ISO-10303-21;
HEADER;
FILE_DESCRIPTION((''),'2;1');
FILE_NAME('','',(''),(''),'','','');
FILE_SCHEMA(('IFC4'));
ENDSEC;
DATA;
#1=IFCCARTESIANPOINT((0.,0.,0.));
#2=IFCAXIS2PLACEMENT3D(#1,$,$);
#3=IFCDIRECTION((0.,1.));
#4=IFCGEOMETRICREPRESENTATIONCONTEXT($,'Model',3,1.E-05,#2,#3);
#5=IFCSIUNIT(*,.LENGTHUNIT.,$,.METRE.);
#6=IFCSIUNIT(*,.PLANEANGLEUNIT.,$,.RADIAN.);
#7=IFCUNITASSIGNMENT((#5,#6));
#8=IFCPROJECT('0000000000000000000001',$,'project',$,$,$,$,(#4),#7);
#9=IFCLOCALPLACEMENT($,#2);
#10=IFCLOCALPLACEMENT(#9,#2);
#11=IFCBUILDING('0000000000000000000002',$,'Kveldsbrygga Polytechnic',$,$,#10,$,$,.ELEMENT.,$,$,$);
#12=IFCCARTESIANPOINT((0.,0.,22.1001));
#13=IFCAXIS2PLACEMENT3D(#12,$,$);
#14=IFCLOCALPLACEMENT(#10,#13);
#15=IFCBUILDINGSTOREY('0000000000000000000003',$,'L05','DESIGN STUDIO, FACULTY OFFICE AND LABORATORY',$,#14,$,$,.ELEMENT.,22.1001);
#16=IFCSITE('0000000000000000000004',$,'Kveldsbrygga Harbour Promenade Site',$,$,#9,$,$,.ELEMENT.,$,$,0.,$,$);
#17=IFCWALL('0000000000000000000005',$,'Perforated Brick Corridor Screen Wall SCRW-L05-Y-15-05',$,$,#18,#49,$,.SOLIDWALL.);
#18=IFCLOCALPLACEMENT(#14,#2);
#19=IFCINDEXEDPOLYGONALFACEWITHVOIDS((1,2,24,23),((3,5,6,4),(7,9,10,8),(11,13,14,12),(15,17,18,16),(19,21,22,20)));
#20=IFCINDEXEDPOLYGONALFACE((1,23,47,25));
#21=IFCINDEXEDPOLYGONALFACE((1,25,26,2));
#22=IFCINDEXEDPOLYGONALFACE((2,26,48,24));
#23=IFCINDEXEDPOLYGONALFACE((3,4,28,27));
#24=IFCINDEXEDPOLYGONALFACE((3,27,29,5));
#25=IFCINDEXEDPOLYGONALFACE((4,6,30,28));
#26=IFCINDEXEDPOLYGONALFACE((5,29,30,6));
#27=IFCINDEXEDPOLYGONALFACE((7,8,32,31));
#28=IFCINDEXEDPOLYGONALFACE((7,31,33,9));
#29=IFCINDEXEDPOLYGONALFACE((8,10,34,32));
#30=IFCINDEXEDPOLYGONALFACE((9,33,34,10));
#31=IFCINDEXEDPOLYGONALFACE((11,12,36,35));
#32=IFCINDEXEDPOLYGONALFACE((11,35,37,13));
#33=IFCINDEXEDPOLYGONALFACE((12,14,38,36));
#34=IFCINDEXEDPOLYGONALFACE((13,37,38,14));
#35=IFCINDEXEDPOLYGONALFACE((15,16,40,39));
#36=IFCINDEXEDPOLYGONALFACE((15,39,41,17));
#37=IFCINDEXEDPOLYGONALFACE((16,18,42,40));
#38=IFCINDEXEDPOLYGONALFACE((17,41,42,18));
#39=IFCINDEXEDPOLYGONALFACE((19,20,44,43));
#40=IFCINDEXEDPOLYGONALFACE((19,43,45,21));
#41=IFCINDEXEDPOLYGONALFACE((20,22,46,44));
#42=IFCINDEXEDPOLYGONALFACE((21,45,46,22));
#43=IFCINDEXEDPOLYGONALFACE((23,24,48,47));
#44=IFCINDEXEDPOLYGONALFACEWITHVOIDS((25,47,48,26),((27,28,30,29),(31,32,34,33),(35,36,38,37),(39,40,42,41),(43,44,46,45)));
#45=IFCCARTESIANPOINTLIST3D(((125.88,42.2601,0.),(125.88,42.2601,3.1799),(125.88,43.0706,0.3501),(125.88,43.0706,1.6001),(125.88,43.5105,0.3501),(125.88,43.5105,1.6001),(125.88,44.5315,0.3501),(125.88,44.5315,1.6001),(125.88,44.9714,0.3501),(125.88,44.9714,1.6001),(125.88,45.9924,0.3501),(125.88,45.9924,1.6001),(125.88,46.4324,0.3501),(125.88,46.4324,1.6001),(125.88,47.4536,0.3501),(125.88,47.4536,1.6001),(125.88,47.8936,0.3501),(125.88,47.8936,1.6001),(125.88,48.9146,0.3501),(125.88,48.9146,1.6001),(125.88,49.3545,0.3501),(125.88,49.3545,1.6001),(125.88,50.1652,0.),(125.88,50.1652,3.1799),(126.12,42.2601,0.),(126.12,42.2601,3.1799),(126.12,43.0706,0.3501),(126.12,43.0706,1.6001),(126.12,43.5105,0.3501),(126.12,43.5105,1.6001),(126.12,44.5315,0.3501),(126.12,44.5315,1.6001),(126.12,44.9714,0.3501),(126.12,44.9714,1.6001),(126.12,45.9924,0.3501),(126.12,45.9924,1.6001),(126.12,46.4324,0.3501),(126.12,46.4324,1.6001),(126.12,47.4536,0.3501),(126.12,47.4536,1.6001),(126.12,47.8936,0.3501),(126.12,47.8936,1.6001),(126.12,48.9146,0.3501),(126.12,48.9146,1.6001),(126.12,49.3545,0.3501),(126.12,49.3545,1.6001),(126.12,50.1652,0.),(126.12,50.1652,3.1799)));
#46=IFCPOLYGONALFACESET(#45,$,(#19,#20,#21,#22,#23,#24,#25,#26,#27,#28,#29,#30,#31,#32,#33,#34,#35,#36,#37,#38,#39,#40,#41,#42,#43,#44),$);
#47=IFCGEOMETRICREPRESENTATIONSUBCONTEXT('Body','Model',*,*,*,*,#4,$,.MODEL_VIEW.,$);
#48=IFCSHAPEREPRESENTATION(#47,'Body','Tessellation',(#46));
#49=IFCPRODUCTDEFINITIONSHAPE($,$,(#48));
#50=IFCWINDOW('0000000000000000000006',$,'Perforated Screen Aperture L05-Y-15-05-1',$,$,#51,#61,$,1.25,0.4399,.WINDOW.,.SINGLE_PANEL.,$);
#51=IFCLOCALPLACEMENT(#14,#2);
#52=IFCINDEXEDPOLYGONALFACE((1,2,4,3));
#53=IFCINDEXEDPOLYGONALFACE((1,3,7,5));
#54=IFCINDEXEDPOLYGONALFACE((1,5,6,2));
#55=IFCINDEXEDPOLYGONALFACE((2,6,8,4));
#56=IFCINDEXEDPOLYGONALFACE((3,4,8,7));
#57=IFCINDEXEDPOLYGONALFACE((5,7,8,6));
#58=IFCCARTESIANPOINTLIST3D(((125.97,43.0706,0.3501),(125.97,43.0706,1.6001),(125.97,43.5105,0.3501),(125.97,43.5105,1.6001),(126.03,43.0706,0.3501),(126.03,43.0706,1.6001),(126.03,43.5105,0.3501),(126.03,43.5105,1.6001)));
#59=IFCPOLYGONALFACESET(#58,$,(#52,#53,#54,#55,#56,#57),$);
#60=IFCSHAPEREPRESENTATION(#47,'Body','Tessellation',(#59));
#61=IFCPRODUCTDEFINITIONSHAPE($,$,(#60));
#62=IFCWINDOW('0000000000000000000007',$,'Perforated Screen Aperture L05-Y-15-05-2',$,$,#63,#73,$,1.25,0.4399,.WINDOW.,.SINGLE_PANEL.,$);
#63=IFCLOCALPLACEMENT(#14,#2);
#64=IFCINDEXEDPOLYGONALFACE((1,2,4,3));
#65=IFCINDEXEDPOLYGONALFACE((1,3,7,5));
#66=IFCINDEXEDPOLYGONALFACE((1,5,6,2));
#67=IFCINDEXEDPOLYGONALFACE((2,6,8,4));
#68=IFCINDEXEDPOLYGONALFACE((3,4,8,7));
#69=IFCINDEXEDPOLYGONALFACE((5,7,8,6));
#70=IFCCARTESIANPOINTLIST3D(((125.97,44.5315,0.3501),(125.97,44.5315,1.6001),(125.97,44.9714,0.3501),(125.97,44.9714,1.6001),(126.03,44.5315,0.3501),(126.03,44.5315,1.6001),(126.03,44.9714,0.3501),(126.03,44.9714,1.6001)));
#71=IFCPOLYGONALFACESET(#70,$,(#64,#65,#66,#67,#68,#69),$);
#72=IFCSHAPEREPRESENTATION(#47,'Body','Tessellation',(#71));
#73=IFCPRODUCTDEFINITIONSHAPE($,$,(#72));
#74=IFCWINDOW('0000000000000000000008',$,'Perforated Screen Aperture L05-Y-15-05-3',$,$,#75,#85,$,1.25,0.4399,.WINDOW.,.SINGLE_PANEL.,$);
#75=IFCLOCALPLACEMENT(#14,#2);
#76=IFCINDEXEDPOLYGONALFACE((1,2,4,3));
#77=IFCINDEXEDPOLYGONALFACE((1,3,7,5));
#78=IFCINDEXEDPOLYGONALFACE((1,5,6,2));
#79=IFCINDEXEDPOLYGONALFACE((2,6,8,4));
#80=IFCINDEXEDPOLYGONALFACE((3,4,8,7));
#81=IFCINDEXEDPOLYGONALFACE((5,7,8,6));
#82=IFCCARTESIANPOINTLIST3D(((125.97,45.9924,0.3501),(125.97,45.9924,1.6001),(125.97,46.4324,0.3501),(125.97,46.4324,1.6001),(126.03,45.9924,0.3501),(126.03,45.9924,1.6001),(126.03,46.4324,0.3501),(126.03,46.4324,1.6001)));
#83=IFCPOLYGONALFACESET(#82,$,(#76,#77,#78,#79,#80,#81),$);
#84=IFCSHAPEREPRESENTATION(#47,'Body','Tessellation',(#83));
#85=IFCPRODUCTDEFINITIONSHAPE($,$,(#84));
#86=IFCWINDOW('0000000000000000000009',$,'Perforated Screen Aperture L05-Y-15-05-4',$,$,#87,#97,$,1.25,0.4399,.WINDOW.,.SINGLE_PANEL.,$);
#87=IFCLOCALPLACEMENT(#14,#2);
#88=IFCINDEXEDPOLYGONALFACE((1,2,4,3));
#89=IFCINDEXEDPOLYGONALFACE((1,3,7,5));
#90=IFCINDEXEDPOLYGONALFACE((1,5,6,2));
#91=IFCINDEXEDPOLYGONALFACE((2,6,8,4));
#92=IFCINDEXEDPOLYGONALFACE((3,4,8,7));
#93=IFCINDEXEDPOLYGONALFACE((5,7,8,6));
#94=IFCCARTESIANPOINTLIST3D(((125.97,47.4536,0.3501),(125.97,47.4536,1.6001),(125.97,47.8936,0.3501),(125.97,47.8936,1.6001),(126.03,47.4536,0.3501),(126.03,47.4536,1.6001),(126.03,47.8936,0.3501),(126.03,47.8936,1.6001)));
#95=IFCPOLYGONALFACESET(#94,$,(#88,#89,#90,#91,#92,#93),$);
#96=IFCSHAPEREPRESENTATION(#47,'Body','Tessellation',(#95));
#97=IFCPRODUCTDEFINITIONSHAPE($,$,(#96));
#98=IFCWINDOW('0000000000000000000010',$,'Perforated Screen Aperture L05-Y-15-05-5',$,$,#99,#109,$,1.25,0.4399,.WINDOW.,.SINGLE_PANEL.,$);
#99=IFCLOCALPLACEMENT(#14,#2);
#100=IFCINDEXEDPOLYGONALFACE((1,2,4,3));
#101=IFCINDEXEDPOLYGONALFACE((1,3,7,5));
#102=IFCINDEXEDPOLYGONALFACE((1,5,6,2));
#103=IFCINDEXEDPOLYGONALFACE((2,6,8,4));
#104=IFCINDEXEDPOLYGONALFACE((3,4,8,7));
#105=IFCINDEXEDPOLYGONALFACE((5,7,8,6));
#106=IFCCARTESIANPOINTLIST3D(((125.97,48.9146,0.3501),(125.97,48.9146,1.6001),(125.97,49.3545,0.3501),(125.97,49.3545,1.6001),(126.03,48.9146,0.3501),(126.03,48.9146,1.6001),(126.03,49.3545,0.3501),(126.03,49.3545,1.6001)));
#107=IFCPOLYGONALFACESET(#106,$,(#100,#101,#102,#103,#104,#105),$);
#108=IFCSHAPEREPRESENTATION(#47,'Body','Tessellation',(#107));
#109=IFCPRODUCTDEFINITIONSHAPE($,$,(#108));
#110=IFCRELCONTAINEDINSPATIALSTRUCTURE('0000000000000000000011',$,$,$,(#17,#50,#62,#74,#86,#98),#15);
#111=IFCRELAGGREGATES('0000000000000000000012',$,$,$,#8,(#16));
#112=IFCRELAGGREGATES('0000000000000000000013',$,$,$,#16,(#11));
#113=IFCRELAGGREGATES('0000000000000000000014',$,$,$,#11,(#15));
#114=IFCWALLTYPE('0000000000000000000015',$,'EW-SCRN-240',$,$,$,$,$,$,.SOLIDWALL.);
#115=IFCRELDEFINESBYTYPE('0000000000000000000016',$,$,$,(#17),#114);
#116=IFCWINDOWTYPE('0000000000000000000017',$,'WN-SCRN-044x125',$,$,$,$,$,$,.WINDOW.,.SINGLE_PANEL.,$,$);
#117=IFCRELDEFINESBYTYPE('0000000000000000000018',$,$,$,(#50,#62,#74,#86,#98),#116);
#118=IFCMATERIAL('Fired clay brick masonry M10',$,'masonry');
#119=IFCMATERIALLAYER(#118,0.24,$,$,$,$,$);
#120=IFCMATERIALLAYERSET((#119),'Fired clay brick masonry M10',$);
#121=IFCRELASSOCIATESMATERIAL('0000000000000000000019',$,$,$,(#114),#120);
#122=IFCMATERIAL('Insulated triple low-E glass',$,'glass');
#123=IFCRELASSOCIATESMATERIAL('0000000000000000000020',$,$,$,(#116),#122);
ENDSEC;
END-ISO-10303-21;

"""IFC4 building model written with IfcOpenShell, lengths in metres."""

from ifc_helpers import new_model, si_unit, direction, frame, frame_2d, origin, place, context, subcontext, project, spatial, rectangle, extrude, material, layer, layer_set, type_object, element, fill, save


model = new_model("IFC4")

# Units and contexts
model_context = context("Model", 3, precision=1e-05, world=origin(), true_north=direction((0.0, 1.0)))
body_context = subcontext(model_context, "Body", "Model", "MODEL_VIEW")
ifc_project = project(units=[si_unit("LENGTHUNIT", "METRE"), si_unit("PLANEANGLEUNIT", "RADIAN")], contexts=[model_context])

# Site, building, storey
site_placement = place(None, origin())
site = spatial("IfcSite", under=ifc_project, at=site_placement, Name="Kveldsbrygga Harbour Promenade Site", CompositionType="ELEMENT", RefElevation=0.0)
building_placement = place(site_placement, origin())
building = spatial("IfcBuilding", under=site, at=building_placement, Name="Kveldsbrygga Polytechnic", CompositionType="ELEMENT")
storey_placement = place(building_placement, frame((0.0, 0.0, 22.1001)))
storey = spatial("IfcBuildingStorey", under=building, at=storey_placement, Name="L05", Description="DESIGN STUDIO, FACULTY OFFICE AND LABORATORY", CompositionType="ELEMENT", Elevation=22.1001)

# Wall, openings, windows
ifc_material_1 = material(Name="Fired clay brick masonry M10", Category="masonry")
ifc_layer = layer(ifc_material_1, 0.24)
ifc_layer_set = layer_set([ifc_layer], Name="Fired clay brick masonry M10")
wall_type = type_object("IfcWallType", Name="EW-SCRN-240", PredefinedType="SOLIDWALL", material=ifc_layer_set)
ifc_material_2 = material(Name="Insulated triple low-E glass", Category="glass")
window_type = type_object("IfcWindowType", Name="WN-SCRN-044x125", PartitioningType="SINGLE_PANEL", PredefinedType="WINDOW", material=ifc_material_2)
wall_1_placement = place(storey_placement, frame((126.0, 42.26, 0.0), z_axis=(0.0, 0.0, 1.0), x_axis=(0.0, 1.0, 0.0)))
wall_1 = element("IfcWall", 1, at=wall_1_placement, inside=storey, type_object=wall_type, Name="Perforated Brick Corridor Screen Wall SCRW-L05-Y-15-05", PredefinedType="SOLIDWALL", context=body_context, shape_type="SweptSolid", body=[
    extrude(rectangle(XDim=7.905, YDim=0.24, at=frame_2d((3.9526, 0.0))), origin(), (0.0, 0.0, 1.0), 3.1799),
])
opening_1_placement = place(wall_1_placement, frame((0.8105, 0.0, 0.3501)))
opening_1 = element("IfcOpeningElement", 2, at=opening_1_placement, cuts=wall_1, PredefinedType="OPENING", context=body_context, shape_type="SweptSolid", body=[
    extrude(rectangle(XDim=0.4399, YDim=1.25, at=frame_2d((0.22, 0.625))), frame((0.0, 0.1299, 0.0), z_axis=(0.0, -1.0, 0.0), x_axis=(1.0, 0.0, 0.0)), (0.0, 0.0, 1.0), 0.26),
])
opening_2_placement = place(wall_1_placement, frame((2.2715, 0.0, 0.3501)))
opening_2 = element("IfcOpeningElement", 3, at=opening_2_placement, cuts=wall_1, PredefinedType="OPENING", context=body_context, shape_type="SweptSolid", body=[
    extrude(rectangle(XDim=0.4399, YDim=1.25, at=frame_2d((0.22, 0.625))), frame((0.0, 0.1299, 0.0), z_axis=(0.0, -1.0, 0.0), x_axis=(1.0, 0.0, 0.0)), (0.0, 0.0, 1.0), 0.26),
])
opening_3_placement = place(wall_1_placement, frame((3.7324, 0.0, 0.3501)))
opening_3 = element("IfcOpeningElement", 4, at=opening_3_placement, cuts=wall_1, PredefinedType="OPENING", context=body_context, shape_type="SweptSolid", body=[
    extrude(rectangle(XDim=0.4399, YDim=1.25, at=frame_2d((0.22, 0.625))), frame((0.0, 0.1299, 0.0), z_axis=(0.0, -1.0, 0.0), x_axis=(1.0, 0.0, 0.0)), (0.0, 0.0, 1.0), 0.26),
])
opening_4_placement = place(wall_1_placement, frame((5.1936, 0.0, 0.3501)))
opening_4 = element("IfcOpeningElement", 5, at=opening_4_placement, cuts=wall_1, PredefinedType="OPENING", context=body_context, shape_type="SweptSolid", body=[
    extrude(rectangle(XDim=0.4399, YDim=1.25, at=frame_2d((0.22, 0.625))), frame((0.0, 0.1299, 0.0), z_axis=(0.0, -1.0, 0.0), x_axis=(1.0, 0.0, 0.0)), (0.0, 0.0, 1.0), 0.26),
])
opening_5_placement = place(wall_1_placement, frame((6.6545, 0.0, 0.3501)))
opening_5 = element("IfcOpeningElement", 6, at=opening_5_placement, cuts=wall_1, PredefinedType="OPENING", context=body_context, shape_type="SweptSolid", body=[
    extrude(rectangle(XDim=0.4399, YDim=1.25, at=frame_2d((0.22, 0.625))), frame((0.0, 0.1299, 0.0), z_axis=(0.0, -1.0, 0.0), x_axis=(1.0, 0.0, 0.0)), (0.0, 0.0, 1.0), 0.26),
])
window_1_placement = place(opening_1_placement, origin())
window_1 = element("IfcWindow", 7, at=window_1_placement, inside=storey, type_object=window_type, Name="Perforated Screen Aperture L05-Y-15-05-1", OverallHeight=1.25, OverallWidth=0.4399, PartitioningType="SINGLE_PANEL", PredefinedType="WINDOW", context=body_context, shape_type="SweptSolid", body=[
    extrude(rectangle(XDim=0.4399, YDim=1.25, at=frame_2d((0.22, 0.625))), frame((0.0, 0.03, 0.0), z_axis=(0.0, -1.0, 0.0), x_axis=(1.0, 0.0, 0.0)), (0.0, 0.0, 1.0), 0.0601),
])
fill(opening_1, window_1)
window_2_placement = place(opening_2_placement, origin())
window_2 = element("IfcWindow", 8, at=window_2_placement, inside=storey, type_object=window_type, Name="Perforated Screen Aperture L05-Y-15-05-2", OverallHeight=1.25, OverallWidth=0.4399, PartitioningType="SINGLE_PANEL", PredefinedType="WINDOW", context=body_context, shape_type="SweptSolid", body=[
    extrude(rectangle(XDim=0.4399, YDim=1.25, at=frame_2d((0.22, 0.625))), frame((0.0, 0.03, 0.0), z_axis=(0.0, -1.0, 0.0), x_axis=(1.0, 0.0, 0.0)), (0.0, 0.0, 1.0), 0.0601),
])
fill(opening_2, window_2)
window_3_placement = place(opening_3_placement, origin())
window_3 = element("IfcWindow", 9, at=window_3_placement, inside=storey, type_object=window_type, Name="Perforated Screen Aperture L05-Y-15-05-3", OverallHeight=1.25, OverallWidth=0.4399, PartitioningType="SINGLE_PANEL", PredefinedType="WINDOW", context=body_context, shape_type="SweptSolid", body=[
    extrude(rectangle(XDim=0.4399, YDim=1.25, at=frame_2d((0.22, 0.625))), frame((0.0, 0.03, 0.0), z_axis=(0.0, -1.0, 0.0), x_axis=(1.0, 0.0, 0.0)), (0.0, 0.0, 1.0), 0.0601),
])
fill(opening_3, window_3)
window_4_placement = place(opening_4_placement, origin())
window_4 = element("IfcWindow", 10, at=window_4_placement, inside=storey, type_object=window_type, Name="Perforated Screen Aperture L05-Y-15-05-4", OverallHeight=1.25, OverallWidth=0.4399, PartitioningType="SINGLE_PANEL", PredefinedType="WINDOW", context=body_context, shape_type="SweptSolid", body=[
    extrude(rectangle(XDim=0.4399, YDim=1.25, at=frame_2d((0.22, 0.625))), frame((0.0, 0.03, 0.0), z_axis=(0.0, -1.0, 0.0), x_axis=(1.0, 0.0, 0.0)), (0.0, 0.0, 1.0), 0.0601),
])
fill(opening_4, window_4)
window_5_placement = place(opening_5_placement, origin())
window_5 = element("IfcWindow", 11, at=window_5_placement, inside=storey, type_object=window_type, Name="Perforated Screen Aperture L05-Y-15-05-5", OverallHeight=1.25, OverallWidth=0.4399, PartitioningType="SINGLE_PANEL", PredefinedType="WINDOW", context=body_context, shape_type="SweptSolid", body=[
    extrude(rectangle(XDim=0.4399, YDim=1.25, at=frame_2d((0.22, 0.625))), frame((0.0, 0.03, 0.0), z_axis=(0.0, -1.0, 0.0), x_axis=(1.0, 0.0, 0.0)), (0.0, 0.0, 1.0), 0.0601),
])
fill(opening_5, window_5)

save(model, "model.ifc")
